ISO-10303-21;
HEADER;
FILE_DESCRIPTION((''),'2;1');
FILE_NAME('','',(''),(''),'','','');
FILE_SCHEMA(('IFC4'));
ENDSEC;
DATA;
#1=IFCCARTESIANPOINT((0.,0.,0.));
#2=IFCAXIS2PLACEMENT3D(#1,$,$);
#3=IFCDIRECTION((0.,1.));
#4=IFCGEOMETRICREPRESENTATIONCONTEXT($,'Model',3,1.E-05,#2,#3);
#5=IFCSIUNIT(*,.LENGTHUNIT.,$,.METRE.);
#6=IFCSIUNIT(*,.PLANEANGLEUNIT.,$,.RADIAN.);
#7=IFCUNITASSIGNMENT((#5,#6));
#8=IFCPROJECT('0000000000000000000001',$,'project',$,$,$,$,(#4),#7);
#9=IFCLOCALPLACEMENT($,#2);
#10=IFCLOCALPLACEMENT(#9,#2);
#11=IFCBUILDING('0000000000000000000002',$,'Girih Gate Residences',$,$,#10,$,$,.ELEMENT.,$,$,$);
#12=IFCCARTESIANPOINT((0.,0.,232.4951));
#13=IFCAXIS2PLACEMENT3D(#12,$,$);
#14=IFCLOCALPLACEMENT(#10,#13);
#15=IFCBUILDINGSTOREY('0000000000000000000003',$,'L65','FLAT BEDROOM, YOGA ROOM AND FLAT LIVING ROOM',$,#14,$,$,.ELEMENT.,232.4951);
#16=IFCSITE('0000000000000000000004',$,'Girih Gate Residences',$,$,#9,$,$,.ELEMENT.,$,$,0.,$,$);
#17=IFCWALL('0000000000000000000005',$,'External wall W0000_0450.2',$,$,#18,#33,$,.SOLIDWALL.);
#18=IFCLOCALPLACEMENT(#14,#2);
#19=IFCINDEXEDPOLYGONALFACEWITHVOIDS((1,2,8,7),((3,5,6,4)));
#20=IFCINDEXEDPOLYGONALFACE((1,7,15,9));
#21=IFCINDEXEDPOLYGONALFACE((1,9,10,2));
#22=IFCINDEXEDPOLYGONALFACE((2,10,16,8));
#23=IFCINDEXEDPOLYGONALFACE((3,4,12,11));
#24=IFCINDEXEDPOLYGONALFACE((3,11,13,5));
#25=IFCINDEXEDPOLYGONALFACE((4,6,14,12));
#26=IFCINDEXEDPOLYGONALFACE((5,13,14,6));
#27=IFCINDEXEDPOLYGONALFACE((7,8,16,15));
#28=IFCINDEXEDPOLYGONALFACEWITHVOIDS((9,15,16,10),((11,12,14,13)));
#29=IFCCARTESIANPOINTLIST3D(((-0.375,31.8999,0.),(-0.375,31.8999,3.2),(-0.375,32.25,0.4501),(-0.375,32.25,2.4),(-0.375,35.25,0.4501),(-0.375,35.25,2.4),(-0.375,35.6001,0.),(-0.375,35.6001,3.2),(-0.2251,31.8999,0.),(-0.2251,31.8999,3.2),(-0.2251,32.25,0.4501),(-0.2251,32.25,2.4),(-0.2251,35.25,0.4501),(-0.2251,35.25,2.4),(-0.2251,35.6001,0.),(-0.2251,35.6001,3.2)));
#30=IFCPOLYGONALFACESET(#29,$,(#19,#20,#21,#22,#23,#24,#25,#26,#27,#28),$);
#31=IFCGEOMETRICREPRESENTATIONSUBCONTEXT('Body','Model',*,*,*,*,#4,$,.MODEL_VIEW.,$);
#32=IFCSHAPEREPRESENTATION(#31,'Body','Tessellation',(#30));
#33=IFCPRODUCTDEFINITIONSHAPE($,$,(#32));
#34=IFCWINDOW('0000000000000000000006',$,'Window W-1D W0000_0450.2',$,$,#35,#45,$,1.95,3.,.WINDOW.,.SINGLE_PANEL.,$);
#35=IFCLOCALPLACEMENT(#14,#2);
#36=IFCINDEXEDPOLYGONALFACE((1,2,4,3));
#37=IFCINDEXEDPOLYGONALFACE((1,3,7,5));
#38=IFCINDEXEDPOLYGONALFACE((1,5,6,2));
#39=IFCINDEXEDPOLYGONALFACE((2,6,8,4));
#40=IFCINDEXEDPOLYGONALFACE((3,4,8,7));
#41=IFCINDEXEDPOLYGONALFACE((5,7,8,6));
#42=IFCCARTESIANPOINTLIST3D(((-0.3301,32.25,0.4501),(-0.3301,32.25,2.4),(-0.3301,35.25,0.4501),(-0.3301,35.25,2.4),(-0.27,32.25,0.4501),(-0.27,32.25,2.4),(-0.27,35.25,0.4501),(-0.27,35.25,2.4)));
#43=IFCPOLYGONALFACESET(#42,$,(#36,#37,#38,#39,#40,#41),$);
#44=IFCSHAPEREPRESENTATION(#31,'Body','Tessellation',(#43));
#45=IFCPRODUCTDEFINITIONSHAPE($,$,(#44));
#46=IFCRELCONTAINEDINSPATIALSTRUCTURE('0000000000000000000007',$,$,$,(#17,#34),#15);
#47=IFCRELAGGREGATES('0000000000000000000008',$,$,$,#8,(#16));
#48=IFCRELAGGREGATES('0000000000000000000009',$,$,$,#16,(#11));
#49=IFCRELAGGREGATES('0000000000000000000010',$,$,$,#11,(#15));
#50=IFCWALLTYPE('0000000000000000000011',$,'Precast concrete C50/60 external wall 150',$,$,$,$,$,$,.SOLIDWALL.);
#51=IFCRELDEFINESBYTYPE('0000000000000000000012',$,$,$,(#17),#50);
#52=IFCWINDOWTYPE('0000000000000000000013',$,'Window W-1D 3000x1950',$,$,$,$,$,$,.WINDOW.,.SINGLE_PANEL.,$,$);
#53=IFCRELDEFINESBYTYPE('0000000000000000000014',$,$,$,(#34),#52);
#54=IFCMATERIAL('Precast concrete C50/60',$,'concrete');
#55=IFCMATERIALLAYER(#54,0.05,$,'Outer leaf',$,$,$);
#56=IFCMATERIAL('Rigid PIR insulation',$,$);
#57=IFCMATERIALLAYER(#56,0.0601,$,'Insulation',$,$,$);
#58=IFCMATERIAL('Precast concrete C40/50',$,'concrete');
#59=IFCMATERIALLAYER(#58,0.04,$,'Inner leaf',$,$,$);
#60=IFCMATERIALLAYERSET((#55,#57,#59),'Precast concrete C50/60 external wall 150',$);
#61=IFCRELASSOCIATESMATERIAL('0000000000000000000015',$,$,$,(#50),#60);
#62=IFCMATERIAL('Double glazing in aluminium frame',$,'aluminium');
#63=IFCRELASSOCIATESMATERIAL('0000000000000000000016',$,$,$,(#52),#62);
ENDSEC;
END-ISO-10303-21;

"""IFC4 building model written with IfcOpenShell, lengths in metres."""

from ifc_helpers import new_model, si_unit, direction, frame, frame_2d, origin, place, context, subcontext, project, spatial, rectangle, extrude, material, layer, layer_set, type_object, element, fill, save


model = new_model("IFC4")

# Units and contexts
model_context = context("Model", 3, precision=1e-05, world=origin(), true_north=direction((0.0, 1.0)))
body_context = subcontext(model_context, "Body", "Model", "MODEL_VIEW")
ifc_project = project(units=[si_unit("LENGTHUNIT", "METRE"), si_unit("PLANEANGLEUNIT", "RADIAN")], contexts=[model_context])

# Site, building, storey
site_placement = place(None, origin())
site = spatial("IfcSite", under=ifc_project, at=site_placement, Name="Girih Gate Residences", CompositionType="ELEMENT", RefElevation=0.0)
building_placement = place(site_placement, origin())
building = spatial("IfcBuilding", under=site, at=building_placement, Name="Girih Gate Residences", CompositionType="ELEMENT")
storey_placement = place(building_placement, frame((0.0, 0.0, 232.4951)))
storey = spatial("IfcBuildingStorey", under=building, at=storey_placement, Name="L65", Description="FLAT BEDROOM, YOGA ROOM AND FLAT LIVING ROOM", CompositionType="ELEMENT", Elevation=232.4951)

# Wall, opening, window
ifc_material_1 = material(Name="Precast concrete C50/60", Category="concrete")
ifc_layer_1 = layer(ifc_material_1, 0.05, Name="Outer leaf")
ifc_material_2 = material(Name="Rigid PIR insulation")
ifc_layer_2 = layer(ifc_material_2, 0.0601, Name="Insulation")
ifc_material_3 = material(Name="Precast concrete C40/50", Category="concrete")
ifc_layer_3 = layer(ifc_material_3, 0.04, Name="Inner leaf")
ifc_layer_set_1 = layer_set([ifc_layer_1, ifc_layer_2, ifc_layer_3], Name="Precast concrete C50/60 external wall 150")
wall_type_1 = type_object("IfcWallType", Name="Precast concrete C50/60 external wall 150", PredefinedType="SOLIDWALL", material=ifc_layer_set_1)
wall_1_placement = place(storey_placement, frame((-0.3, 31.8999, 0.0), z_axis=(0.0, 0.0, 1.0), x_axis=(0.0, 1.0, 0.0)))
wall_1 = element("IfcWall", 1, at=wall_1_placement, inside=storey, type_object=wall_type_1, Name="External wall W0000_0450.2", PredefinedType="SOLIDWALL", context=body_context, shape_type="SweptSolid", body=[
    extrude(rectangle(XDim=3.7002, YDim=0.1499, at=frame_2d((1.8501, 0.0))), origin(), (0.0, 0.0, 1.0), 3.2),
])
opening_1_placement = place(wall_1_placement, frame((0.3501, 0.0, 0.45)))
opening_1 = element("IfcOpeningElement", 2, at=opening_1_placement, cuts=wall_1, PredefinedType="OPENING", context=body_context, shape_type="SweptSolid", body=[
    extrude(rectangle(XDim=3.0, YDim=1.95, at=frame_2d((1.5, 0.9751))), frame((0.0, 0.085, 0.0), z_axis=(0.0, -1.0, 0.0), x_axis=(1.0, 0.0, 0.0)), (0.0, 0.0, 1.0), 0.1699),
])
ifc_material_4 = material(Name="Double glazing in aluminium frame", Category="aluminium")
window_type = type_object("IfcWindowType", Name="Window W-1D 3000x1950", PartitioningType="SINGLE_PANEL", PredefinedType="WINDOW", material=ifc_material_4)
window_placement = place(opening_1_placement, origin())
window = element("IfcWindow", 3, at=window_placement, inside=storey, type_object=window_type, Name="Window W-1D W0000_0450.2", OverallHeight=1.95, OverallWidth=3.0, PartitioningType="SINGLE_PANEL", PredefinedType="WINDOW", context=body_context, shape_type="SweptSolid", body=[
    extrude(rectangle(XDim=3.0, YDim=1.95, at=frame_2d((1.5, 0.9751))), frame((0.0, 0.03, 0.0), z_axis=(0.0, -1.0, 0.0), x_axis=(1.0, 0.0, 0.0)), (0.0, 0.0, 1.0), 0.0601),
])
fill(opening_1, window)

save(model, "model.ifc")
